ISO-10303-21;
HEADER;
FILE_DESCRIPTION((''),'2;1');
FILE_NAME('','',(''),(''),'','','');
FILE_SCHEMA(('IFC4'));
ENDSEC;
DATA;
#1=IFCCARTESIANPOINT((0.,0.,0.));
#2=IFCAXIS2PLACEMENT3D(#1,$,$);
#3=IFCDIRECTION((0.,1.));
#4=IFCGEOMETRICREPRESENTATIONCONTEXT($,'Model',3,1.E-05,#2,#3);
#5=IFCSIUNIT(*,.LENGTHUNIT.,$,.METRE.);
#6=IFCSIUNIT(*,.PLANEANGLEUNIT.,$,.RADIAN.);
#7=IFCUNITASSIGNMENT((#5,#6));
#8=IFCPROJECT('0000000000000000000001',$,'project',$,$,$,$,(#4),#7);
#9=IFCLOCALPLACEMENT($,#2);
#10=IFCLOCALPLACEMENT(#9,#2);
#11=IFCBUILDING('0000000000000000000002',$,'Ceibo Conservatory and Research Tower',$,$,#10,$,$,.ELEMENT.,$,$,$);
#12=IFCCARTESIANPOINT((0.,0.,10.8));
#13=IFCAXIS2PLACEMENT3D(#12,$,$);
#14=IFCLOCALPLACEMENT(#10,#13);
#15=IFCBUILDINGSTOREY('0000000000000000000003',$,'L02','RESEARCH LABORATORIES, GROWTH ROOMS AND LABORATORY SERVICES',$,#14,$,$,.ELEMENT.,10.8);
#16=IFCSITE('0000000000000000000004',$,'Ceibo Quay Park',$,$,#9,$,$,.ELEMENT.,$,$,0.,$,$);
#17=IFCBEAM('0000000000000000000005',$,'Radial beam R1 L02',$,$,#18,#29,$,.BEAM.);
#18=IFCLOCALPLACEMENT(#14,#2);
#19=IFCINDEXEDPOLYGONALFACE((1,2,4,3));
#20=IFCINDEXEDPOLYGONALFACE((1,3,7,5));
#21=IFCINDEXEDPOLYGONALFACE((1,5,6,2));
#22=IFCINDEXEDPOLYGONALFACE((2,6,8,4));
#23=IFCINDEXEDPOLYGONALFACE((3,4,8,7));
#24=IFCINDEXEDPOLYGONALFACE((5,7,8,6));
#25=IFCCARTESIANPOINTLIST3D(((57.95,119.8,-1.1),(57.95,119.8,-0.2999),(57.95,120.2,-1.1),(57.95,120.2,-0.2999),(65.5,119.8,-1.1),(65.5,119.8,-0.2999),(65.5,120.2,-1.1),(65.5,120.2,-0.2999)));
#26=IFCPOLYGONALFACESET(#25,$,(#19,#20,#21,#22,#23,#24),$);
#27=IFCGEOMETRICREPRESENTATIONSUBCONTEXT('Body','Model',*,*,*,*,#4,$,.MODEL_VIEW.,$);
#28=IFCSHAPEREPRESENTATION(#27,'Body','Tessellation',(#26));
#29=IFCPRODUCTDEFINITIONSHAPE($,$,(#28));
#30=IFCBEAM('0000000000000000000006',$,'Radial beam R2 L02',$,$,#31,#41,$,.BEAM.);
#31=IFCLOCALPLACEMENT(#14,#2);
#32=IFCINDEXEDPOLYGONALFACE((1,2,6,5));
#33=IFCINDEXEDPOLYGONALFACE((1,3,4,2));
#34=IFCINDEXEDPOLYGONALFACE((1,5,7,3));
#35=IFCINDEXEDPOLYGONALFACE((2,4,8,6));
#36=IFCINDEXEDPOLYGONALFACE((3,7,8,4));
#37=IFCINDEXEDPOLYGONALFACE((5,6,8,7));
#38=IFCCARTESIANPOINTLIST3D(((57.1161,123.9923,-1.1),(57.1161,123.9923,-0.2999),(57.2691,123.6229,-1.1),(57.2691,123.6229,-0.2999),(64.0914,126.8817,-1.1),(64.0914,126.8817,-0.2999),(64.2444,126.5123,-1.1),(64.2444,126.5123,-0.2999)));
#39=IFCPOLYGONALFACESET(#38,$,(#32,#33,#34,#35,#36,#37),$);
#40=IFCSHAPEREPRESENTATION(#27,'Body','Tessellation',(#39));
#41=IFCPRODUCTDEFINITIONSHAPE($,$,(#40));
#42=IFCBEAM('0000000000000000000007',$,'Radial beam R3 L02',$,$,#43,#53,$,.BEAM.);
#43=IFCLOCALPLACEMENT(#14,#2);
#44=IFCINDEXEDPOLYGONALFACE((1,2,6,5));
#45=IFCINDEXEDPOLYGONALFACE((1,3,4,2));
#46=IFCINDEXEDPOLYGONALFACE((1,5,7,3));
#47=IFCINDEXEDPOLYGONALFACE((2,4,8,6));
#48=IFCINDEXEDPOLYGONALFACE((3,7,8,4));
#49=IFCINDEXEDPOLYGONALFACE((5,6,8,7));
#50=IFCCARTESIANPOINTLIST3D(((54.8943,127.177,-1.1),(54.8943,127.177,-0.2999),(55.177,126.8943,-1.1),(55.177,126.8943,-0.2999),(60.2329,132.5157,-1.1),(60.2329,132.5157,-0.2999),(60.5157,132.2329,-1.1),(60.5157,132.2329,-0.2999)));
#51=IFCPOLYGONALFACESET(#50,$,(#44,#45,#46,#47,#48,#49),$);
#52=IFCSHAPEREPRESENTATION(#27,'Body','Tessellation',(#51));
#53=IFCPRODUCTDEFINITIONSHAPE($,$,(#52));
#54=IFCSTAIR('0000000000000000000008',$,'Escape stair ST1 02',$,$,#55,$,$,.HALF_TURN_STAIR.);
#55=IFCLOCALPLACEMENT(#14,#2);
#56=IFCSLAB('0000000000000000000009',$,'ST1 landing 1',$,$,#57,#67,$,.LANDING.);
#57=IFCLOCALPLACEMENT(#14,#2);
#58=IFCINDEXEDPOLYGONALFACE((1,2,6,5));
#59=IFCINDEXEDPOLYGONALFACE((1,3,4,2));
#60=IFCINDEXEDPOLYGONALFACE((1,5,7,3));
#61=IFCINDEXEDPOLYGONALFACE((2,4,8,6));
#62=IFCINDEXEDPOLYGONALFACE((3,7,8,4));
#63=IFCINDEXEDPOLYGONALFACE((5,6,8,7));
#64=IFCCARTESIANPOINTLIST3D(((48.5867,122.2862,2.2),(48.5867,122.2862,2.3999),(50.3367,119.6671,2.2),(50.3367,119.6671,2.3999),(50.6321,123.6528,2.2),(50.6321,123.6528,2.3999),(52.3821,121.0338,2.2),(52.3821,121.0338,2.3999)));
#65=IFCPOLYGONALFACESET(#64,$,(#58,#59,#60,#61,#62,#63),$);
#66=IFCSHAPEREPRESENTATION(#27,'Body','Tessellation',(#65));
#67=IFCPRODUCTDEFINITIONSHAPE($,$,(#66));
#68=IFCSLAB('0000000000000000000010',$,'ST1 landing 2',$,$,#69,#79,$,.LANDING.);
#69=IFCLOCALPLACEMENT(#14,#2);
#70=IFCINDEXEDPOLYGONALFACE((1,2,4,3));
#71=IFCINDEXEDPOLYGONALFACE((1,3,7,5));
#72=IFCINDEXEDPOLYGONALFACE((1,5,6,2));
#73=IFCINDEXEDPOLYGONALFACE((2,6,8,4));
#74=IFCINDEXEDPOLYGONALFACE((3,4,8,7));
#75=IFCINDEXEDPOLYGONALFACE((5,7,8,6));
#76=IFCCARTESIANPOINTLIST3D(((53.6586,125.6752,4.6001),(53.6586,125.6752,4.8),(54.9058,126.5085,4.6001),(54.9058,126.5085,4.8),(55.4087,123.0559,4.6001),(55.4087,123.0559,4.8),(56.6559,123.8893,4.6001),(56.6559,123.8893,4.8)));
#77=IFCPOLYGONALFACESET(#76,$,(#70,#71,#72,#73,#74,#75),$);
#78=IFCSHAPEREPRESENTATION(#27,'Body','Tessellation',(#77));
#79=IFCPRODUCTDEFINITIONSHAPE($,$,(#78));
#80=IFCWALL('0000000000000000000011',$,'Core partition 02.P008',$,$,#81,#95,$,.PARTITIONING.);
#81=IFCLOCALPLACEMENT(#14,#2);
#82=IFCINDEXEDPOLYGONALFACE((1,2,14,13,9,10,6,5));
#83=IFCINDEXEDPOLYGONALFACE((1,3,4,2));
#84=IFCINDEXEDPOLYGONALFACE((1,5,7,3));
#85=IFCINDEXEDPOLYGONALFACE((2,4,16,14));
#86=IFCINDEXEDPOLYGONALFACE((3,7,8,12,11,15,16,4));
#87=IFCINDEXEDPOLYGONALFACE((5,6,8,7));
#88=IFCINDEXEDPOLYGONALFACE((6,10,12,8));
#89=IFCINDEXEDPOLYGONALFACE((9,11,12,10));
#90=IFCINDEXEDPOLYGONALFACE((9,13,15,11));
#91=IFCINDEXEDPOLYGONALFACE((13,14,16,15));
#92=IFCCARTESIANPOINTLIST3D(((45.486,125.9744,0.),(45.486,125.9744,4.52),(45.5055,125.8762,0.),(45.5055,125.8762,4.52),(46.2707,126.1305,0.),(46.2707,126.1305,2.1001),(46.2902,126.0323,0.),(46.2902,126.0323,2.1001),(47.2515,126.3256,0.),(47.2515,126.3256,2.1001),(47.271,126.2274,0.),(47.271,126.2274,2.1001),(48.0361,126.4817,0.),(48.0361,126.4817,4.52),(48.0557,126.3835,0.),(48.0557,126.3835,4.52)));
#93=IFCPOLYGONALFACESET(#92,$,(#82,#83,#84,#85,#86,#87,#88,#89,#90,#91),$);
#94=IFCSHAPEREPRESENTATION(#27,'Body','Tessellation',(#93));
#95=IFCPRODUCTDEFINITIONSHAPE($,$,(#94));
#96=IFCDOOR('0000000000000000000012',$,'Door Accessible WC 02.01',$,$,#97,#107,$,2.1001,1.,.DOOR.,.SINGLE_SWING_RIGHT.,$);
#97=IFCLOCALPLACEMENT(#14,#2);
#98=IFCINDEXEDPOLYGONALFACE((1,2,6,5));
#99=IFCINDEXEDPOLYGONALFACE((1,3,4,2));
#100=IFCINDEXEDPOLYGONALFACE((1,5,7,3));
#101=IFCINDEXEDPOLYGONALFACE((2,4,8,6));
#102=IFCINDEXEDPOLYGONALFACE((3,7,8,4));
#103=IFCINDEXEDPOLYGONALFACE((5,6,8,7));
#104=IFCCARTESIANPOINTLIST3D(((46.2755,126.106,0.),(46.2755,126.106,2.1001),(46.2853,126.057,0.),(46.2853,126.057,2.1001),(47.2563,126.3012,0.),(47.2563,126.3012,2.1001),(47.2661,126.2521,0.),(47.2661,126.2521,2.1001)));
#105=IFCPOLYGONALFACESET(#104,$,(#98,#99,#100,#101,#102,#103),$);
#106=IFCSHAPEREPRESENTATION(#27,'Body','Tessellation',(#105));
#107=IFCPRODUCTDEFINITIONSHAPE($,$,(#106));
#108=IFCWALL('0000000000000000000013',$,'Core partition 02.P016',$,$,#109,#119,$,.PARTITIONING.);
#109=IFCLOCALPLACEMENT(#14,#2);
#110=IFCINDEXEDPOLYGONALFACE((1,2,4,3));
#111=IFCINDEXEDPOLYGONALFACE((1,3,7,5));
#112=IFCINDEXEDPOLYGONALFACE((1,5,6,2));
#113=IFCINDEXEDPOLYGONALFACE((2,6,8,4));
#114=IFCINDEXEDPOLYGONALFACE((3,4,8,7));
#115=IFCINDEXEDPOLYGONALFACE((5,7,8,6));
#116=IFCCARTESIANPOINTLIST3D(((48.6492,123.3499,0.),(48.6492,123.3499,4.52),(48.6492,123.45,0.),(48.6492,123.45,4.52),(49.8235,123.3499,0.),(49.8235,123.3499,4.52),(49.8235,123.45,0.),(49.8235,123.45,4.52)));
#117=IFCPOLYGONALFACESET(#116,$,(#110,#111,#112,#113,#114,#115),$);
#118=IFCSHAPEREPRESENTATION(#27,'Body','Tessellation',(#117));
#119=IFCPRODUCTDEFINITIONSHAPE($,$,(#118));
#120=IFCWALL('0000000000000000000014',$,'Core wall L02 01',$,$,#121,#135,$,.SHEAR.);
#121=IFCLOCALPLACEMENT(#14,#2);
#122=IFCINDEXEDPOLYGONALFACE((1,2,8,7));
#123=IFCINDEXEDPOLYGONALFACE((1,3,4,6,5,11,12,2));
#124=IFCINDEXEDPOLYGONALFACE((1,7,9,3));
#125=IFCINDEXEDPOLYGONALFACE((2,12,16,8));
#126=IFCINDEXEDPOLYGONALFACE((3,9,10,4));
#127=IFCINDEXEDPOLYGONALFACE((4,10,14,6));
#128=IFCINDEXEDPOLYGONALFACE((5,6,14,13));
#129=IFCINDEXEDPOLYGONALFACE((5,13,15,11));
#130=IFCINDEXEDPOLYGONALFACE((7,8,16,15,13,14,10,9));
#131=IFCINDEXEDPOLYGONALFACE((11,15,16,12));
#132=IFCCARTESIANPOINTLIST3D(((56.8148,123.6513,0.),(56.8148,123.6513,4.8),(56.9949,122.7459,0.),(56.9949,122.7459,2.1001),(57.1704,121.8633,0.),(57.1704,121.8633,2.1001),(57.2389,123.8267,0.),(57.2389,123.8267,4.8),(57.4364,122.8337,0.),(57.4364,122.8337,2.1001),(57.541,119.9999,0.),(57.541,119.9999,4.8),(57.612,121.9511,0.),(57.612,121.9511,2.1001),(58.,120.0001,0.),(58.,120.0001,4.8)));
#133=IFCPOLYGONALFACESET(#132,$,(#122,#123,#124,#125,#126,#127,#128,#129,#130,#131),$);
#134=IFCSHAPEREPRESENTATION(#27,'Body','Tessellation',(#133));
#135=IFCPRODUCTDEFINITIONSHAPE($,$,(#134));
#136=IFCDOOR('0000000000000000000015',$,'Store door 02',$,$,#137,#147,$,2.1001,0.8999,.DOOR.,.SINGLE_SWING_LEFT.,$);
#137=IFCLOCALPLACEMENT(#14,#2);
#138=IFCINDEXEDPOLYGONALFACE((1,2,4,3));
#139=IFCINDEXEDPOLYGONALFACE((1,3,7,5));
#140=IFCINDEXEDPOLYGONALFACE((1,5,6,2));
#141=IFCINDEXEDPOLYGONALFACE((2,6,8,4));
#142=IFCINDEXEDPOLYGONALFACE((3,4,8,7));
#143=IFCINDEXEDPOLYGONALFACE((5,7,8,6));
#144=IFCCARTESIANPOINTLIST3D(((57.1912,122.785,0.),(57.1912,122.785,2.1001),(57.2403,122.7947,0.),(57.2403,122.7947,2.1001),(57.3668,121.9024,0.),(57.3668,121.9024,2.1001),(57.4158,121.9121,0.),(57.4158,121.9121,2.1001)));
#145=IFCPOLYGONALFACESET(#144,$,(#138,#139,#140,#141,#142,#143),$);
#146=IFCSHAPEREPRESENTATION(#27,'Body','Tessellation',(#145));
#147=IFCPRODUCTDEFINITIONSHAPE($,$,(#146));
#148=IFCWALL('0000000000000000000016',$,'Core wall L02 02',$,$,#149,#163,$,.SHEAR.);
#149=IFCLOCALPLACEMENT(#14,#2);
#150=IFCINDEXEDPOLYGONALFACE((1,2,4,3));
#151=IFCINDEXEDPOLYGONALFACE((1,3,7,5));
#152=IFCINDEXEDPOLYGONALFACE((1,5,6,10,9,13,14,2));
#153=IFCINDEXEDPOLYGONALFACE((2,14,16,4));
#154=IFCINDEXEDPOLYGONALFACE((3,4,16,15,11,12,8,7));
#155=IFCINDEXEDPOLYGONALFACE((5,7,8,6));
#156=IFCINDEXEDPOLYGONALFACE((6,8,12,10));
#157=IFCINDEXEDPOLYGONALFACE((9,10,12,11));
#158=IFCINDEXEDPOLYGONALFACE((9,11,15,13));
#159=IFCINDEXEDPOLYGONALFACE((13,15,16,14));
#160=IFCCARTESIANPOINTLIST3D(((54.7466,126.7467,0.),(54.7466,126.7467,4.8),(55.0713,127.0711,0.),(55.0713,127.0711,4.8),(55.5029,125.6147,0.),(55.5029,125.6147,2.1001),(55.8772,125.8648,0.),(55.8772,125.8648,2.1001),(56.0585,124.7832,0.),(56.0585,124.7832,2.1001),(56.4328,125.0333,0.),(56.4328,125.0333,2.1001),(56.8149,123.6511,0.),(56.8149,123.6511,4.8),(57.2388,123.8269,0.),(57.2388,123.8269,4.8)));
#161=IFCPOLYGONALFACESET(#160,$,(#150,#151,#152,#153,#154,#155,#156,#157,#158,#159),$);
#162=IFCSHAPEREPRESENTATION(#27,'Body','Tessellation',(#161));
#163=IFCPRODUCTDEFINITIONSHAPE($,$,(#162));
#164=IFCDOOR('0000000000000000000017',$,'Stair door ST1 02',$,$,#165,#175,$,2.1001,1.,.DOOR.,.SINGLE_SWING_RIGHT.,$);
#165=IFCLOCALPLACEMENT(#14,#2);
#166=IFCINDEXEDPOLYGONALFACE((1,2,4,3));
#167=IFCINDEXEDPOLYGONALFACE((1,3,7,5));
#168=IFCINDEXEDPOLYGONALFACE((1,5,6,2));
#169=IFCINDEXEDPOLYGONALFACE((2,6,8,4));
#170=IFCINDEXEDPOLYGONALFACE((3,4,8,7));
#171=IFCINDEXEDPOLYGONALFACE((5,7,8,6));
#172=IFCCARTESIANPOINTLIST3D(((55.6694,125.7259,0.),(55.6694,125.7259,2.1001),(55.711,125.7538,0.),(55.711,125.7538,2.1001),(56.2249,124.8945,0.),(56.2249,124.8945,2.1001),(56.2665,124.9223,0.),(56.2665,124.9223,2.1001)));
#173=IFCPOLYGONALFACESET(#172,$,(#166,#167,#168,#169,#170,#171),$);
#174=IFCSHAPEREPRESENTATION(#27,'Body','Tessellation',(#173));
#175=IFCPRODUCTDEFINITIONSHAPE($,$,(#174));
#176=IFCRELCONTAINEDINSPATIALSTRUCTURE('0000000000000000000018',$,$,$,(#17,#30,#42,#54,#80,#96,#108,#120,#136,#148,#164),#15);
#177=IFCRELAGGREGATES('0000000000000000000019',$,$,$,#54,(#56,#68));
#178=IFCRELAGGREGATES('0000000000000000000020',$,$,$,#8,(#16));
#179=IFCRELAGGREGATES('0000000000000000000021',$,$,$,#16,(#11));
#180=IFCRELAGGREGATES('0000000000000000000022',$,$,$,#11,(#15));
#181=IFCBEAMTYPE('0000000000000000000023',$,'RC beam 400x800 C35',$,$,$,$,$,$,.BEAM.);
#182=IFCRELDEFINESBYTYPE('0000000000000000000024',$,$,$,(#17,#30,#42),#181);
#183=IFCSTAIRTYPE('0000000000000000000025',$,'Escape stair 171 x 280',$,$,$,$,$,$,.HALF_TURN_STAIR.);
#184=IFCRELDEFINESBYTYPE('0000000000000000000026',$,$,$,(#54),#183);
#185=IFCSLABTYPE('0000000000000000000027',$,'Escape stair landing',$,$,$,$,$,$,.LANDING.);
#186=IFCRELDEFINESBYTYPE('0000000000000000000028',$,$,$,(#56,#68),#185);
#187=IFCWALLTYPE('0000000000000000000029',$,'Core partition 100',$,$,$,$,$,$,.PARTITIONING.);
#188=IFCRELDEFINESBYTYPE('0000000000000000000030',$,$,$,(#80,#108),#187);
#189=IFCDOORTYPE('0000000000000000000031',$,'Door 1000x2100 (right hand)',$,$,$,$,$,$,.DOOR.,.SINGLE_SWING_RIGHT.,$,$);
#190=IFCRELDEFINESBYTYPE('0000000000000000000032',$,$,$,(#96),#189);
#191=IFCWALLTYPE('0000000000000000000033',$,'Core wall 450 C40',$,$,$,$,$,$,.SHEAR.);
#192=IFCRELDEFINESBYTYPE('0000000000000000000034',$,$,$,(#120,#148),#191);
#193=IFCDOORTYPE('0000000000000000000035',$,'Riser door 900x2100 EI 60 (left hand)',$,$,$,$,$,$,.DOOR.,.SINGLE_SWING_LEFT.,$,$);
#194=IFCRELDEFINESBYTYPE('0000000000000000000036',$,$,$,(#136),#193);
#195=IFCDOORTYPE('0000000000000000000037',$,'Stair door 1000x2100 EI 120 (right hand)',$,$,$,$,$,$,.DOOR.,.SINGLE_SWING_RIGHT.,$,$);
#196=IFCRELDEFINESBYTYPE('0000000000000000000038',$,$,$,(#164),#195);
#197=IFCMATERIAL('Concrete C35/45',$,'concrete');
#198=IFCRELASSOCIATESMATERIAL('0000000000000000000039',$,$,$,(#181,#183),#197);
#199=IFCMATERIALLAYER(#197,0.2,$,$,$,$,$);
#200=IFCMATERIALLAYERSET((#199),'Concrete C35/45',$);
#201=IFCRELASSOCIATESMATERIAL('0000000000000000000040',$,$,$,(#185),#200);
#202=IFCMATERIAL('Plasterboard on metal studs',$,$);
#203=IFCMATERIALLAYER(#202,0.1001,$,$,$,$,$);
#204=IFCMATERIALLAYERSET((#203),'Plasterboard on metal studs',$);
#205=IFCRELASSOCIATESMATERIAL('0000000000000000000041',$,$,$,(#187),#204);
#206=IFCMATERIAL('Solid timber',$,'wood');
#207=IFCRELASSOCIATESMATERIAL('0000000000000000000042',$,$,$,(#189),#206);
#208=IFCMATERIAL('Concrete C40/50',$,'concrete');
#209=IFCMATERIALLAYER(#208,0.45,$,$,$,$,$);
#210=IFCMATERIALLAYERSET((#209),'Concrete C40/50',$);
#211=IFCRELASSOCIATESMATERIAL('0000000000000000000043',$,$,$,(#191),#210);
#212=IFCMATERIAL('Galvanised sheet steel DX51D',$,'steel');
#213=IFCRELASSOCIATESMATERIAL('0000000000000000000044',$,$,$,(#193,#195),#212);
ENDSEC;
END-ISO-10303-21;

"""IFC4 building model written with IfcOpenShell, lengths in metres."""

from ifc_helpers import new_model, si_unit, direction, frame, frame_2d, origin, origin_2d, place, context, subcontext, project, spatial, polyline, rectangle, outline, extrude, material, layer, layer_set, material_profile, profile_set, type_object, element, fill, aggregate, save


model = new_model("IFC4")

# Units and contexts
model_context = context("Model", 3, precision=1e-05, world=origin(), true_north=direction((0.0, 1.0)))
body_context = subcontext(model_context, "Body", "Model", "MODEL_VIEW")
ifc_project = project(units=[si_unit("LENGTHUNIT", "METRE"), si_unit("PLANEANGLEUNIT", "RADIAN")], contexts=[model_context])

# Site, building, storey
site_placement = place(None, origin())
site = spatial("IfcSite", under=ifc_project, at=site_placement, Name="Ceibo Quay Park", CompositionType="ELEMENT", RefElevation=0.0)
building_placement = place(site_placement, origin())
building = spatial("IfcBuilding", under=site, at=building_placement, Name="Ceibo Conservatory and Research Tower", CompositionType="ELEMENT")
storey_placement = place(building_placement, frame((0.0, 0.0, 10.8)))
storey = spatial("IfcBuildingStorey", under=building, at=storey_placement, Name="L02", Description="RESEARCH LABORATORIES, GROWTH ROOMS AND LABORATORY SERVICES", CompositionType="ELEMENT", Elevation=10.8)

# Beams
ifc_material_1 = material(Name="Concrete C35/45", Category="concrete")
ifc_material_profile = material_profile(ifc_material_1, rectangle(XDim=0.3999, YDim=0.8, at=origin_2d()), Name="RC 400x800")
ifc_profile_set = profile_set([ifc_material_profile], Name="Concrete C35/45")
beam_type = type_object("IfcBeamType", Name="RC beam 400x800 C35", PredefinedType="BEAM", material=ifc_profile_set)
for number, where, z_axis, x_axis, name in (
    (1, (57.95, 120.0, -0.7), (1.0, 0.0, 0.0), (0.0, 1.0, 0.0), "Radial beam R1 L02"),
    (2, (57.1926, 123.8076, -0.7), (0.923874, 0.382697, 0.0), (-0.382697, 0.923874, 0.0), "Radial beam R2 L02"),
    (3, (55.0356, 127.0356, -0.7), (0.707107, 0.707107, 0.0), (-0.707107, 0.707107, 0.0), "Radial beam R3 L02"),
):
    element("IfcBeam", number, at=place(storey_placement, frame(where, z_axis=z_axis, x_axis=x_axis)), inside=storey, type_object=beam_type, Name=name, PredefinedType="BEAM", context=body_context, shape_type="SweptSolid", body=[
        extrude(rectangle(XDim=0.3999, YDim=0.8, at=origin_2d()), origin(), (0.0, 0.0, 1.0), 7.55),
    ])

# Stair, slabs
stair_type = type_object("IfcStairType", Name="Escape stair 171 x 280", PredefinedType="HALF_TURN_STAIR", material=ifc_material_1)
stair_placement = place(storey_placement, origin())
stair = element("IfcStair", 4, at=stair_placement, inside=storey, type_object=stair_type, Name="Escape stair ST1 02", PredefinedType="HALF_TURN_STAIR")
ifc_layer_1 = layer(ifc_material_1, 0.2)
ifc_layer_set_1 = layer_set([ifc_layer_1], Name="Concrete C35/45")
slab_type = type_object("IfcSlabType", Name="Escape stair landing", PredefinedType="LANDING", material=ifc_layer_set_1)
slab_1_placement = place(storey_placement, frame((50.6321, 123.6528, 2.2), z_axis=(0.0, 0.0, 1.0), x_axis=(-0.83147, -0.55557, 0.0)))
slab_1 = element("IfcSlab", 5, at=slab_1_placement, type_object=slab_type, Name="ST1 landing 1", PredefinedType="LANDING", context=body_context, shape_type="SweptSolid", body=[
    extrude(outline(polyline([(0.0, 0.0), (2.46, 0.0), (2.46, 3.1499), (0.0, 3.1499), (0.0, 0.0)])), origin(), (0.0, 0.0, 1.0), 0.2),
])
slab_2_placement = place(storey_placement, frame((54.9058, 126.5085, 4.6001), z_axis=(0.0, 0.0, 1.0), x_axis=(-0.83147, -0.55557, 0.0)))
slab_2 = element("IfcSlab", 6, at=slab_2_placement, type_object=slab_type, Name="ST1 landing 2", PredefinedType="LANDING", context=body_context, shape_type="SweptSolid", body=[
    extrude(outline(polyline([(0.0, 0.0), (1.5, 0.0), (1.5, 3.1501), (0.0, 3.1501), (0.0, 0.0)])), origin(), (0.0, 0.0, 1.0), 0.2),
])

# Wall, opening, door
ifc_material_2 = material(Name="Plasterboard on metal studs")
ifc_layer_2 = layer(ifc_material_2, 0.1001)
ifc_layer_set_2 = layer_set([ifc_layer_2], Name="Plasterboard on metal studs")
wall_type_1 = type_object("IfcWallType", Name="Core partition 100", PredefinedType="PARTITIONING", material=ifc_layer_set_2)
wall_1_placement = place(storey_placement, frame((48.0459, 126.4326, 0.0), z_axis=(0.0, 0.0, 1.0), x_axis=(-0.980779, -0.195123, 0.0)))
wall_1 = element("IfcWall", 7, at=wall_1_placement, inside=storey, type_object=wall_type_1, Name="Core partition 02.P008", PredefinedType="PARTITIONING", context=body_context, shape_type="SweptSolid", body=[
    extrude(rectangle(XDim=2.6001, YDim=0.1001, at=frame_2d((1.3, 0.0))), origin(), (0.0, 0.0, 1.0), 4.52),
])
opening_1_placement = place(wall_1_placement, frame((0.8, 0.0, 0.0)))
opening_1 = element("IfcOpeningElement", 8, at=opening_1_placement, cuts=wall_1, PredefinedType="OPENING", context=body_context, shape_type="SweptSolid", body=[
    extrude(rectangle(XDim=1.0, YDim=2.1001, at=frame_2d((0.5, 1.05))), frame((0.0, 0.0601, 0.0), z_axis=(0.0, -1.0, 0.0), x_axis=(1.0, 0.0, 0.0)), (0.0, 0.0, 1.0), 0.1201),
])
ifc_material_3 = material(Name="Solid timber", Category="wood")
door_type_1 = type_object("IfcDoorType", Name="Door 1000x2100 (right hand)", OperationType="SINGLE_SWING_RIGHT", PredefinedType="DOOR", material=ifc_material_3)
door_1_placement = place(opening_1_placement, origin())
door_1 = element("IfcDoor", 9, at=door_1_placement, inside=storey, type_object=door_type_1, Name="Door Accessible WC 02.01", OperationType="SINGLE_SWING_RIGHT", OverallHeight=2.1001, OverallWidth=1.0, PredefinedType="DOOR", context=body_context, shape_type="SweptSolid", body=[
    extrude(rectangle(XDim=1.0, YDim=2.1001, at=frame_2d((0.5, 1.05))), frame((0.0, 0.0249, 0.0), z_axis=(0.0, -1.0, 0.0), x_axis=(1.0, 0.0, 0.0)), (0.0, 0.0, 1.0), 0.05),
])
fill(opening_1, door_1)

# Wall
wall_2_placement = place(storey_placement, frame((49.8235, 123.3999, 0.0), z_axis=(0.0, 0.0, 1.0), x_axis=(-1.0, 0.0, 0.0)))
element("IfcWall", 10, at=wall_2_placement, inside=storey, type_object=wall_type_1, Name="Core partition 02.P016", PredefinedType="PARTITIONING", context=body_context, shape_type="SweptSolid", body=[
    extrude(rectangle(XDim=1.1743, YDim=0.1001, at=frame_2d((0.5872, 0.0))), origin(), (0.0, 0.0, 1.0), 4.52),
])

# Walls, openings, doors
ifc_material_4 = material(Name="Concrete C40/50", Category="concrete")
ifc_layer_3 = layer(ifc_material_4, 0.45)
ifc_layer_set_3 = layer_set([ifc_layer_3], Name="Concrete C40/50")
wall_type_2 = type_object("IfcWallType", Name="Core wall 450 C40", PredefinedType="SHEAR", material=ifc_layer_set_3)
wall_3_placement = place(storey_placement, frame((57.7705, 120.0, 0.0), z_axis=(0.0, 0.0, 1.0), x_axis=(-0.195069, 0.980789, 0.0)))
wall_3 = element("IfcWall", 11, at=wall_3_placement, inside=storey, type_object=wall_type_2, Name="Core wall L02 01", PredefinedType="SHEAR", context=body_context, shape_type="SweptSolid", body=[
    extrude(outline(polyline([(-0.0447, -0.2251), (3.8569, -0.2251), (3.7676, 0.2251), (0.0447, 0.2251), (-0.0447, -0.2251)])), origin(), (0.0, 0.0, 1.0), 4.8),
])
opening_2_placement = place(wall_3_placement, frame((1.9446, 0.0, 0.0)))
opening_2 = element("IfcOpeningElement", 12, at=opening_2_placement, cuts=wall_3, PredefinedType="OPENING", context=body_context, shape_type="SweptSolid", body=[
    extrude(rectangle(XDim=0.8999, YDim=2.1001, at=frame_2d((0.45, 1.05))), frame((0.0, 0.2349, 0.0), z_axis=(0.0, -1.0, 0.0), x_axis=(1.0, 0.0, 0.0)), (0.0, 0.0, 1.0), 0.47),
])
ifc_material_5 = material(Name="Galvanised sheet steel DX51D", Category="steel")
door_type_2 = type_object("IfcDoorType", Name="Riser door 900x2100 EI 60 (left hand)", OperationType="SINGLE_SWING_LEFT", PredefinedType="DOOR", material=ifc_material_5)
door_2_placement = place(opening_2_placement, origin())
door_2 = element("IfcDoor", 13, at=door_2_placement, inside=storey, type_object=door_type_2, Name="Store door 02", OperationType="SINGLE_SWING_LEFT", OverallHeight=2.1001, OverallWidth=0.8999, PredefinedType="DOOR", context=body_context, shape_type="SweptSolid", body=[
    extrude(rectangle(XDim=0.8999, YDim=2.1001, at=frame_2d((0.45, 1.05))), frame((0.0, 0.0249, 0.0), z_axis=(0.0, -1.0, 0.0), x_axis=(1.0, 0.0, 0.0)), (0.0, 0.0, 1.0), 0.05),
])
fill(opening_2, door_2)
wall_4_placement = place(storey_placement, frame((57.0269, 123.739, 0.0), z_axis=(0.0, 0.0, 1.0), x_axis=(-0.555542, 0.831488, 0.0)))
wall_4 = element("IfcWall", 14, at=wall_4_placement, inside=storey, type_object=wall_type_2, Name="Core wall L02 02", PredefinedType="SHEAR", context=body_context, shape_type="SweptSolid", body=[
    extrude(outline(polyline([(-0.0447, -0.2251), (3.8569, -0.2251), (3.7676, 0.2251), (0.0447, 0.2251), (-0.0447, -0.2251)])), origin(), (0.0, 0.0, 1.0), 4.8),
])
opening_3_placement = place(wall_4_placement, frame((1.4062, 0.0, 0.0)))
opening_3 = element("IfcOpeningElement", 15, at=opening_3_placement, cuts=wall_4, PredefinedType="OPENING", context=body_context, shape_type="SweptSolid", body=[
    extrude(rectangle(XDim=1.0, YDim=2.1001, at=frame_2d((0.5, 1.05))), frame((0.0, 0.2349, 0.0), z_axis=(0.0, -1.0, 0.0), x_axis=(1.0, 0.0, 0.0)), (0.0, 0.0, 1.0), 0.47),
])
door_type_3 = type_object("IfcDoorType", Name="Stair door 1000x2100 EI 120 (right hand)", OperationType="SINGLE_SWING_RIGHT", PredefinedType="DOOR", material=ifc_material_5)
door_3_placement = place(opening_3_placement, origin())
door_3 = element("IfcDoor", 16, at=door_3_placement, inside=storey, type_object=door_type_3, Name="Stair door ST1 02", OperationType="SINGLE_SWING_RIGHT", OverallHeight=2.1001, OverallWidth=1.0, PredefinedType="DOOR", context=body_context, shape_type="SweptSolid", body=[
    extrude(rectangle(XDim=1.0, YDim=2.1001, at=frame_2d((0.5, 1.05))), frame((0.0, 0.0249, 0.0), z_axis=(0.0, -1.0, 0.0), x_axis=(1.0, 0.0, 0.0)), (0.0, 0.0, 1.0), 0.05),
])
fill(opening_3, door_3)

aggregate(stair, [slab_1, slab_2])

save(model, "model.ifc")
